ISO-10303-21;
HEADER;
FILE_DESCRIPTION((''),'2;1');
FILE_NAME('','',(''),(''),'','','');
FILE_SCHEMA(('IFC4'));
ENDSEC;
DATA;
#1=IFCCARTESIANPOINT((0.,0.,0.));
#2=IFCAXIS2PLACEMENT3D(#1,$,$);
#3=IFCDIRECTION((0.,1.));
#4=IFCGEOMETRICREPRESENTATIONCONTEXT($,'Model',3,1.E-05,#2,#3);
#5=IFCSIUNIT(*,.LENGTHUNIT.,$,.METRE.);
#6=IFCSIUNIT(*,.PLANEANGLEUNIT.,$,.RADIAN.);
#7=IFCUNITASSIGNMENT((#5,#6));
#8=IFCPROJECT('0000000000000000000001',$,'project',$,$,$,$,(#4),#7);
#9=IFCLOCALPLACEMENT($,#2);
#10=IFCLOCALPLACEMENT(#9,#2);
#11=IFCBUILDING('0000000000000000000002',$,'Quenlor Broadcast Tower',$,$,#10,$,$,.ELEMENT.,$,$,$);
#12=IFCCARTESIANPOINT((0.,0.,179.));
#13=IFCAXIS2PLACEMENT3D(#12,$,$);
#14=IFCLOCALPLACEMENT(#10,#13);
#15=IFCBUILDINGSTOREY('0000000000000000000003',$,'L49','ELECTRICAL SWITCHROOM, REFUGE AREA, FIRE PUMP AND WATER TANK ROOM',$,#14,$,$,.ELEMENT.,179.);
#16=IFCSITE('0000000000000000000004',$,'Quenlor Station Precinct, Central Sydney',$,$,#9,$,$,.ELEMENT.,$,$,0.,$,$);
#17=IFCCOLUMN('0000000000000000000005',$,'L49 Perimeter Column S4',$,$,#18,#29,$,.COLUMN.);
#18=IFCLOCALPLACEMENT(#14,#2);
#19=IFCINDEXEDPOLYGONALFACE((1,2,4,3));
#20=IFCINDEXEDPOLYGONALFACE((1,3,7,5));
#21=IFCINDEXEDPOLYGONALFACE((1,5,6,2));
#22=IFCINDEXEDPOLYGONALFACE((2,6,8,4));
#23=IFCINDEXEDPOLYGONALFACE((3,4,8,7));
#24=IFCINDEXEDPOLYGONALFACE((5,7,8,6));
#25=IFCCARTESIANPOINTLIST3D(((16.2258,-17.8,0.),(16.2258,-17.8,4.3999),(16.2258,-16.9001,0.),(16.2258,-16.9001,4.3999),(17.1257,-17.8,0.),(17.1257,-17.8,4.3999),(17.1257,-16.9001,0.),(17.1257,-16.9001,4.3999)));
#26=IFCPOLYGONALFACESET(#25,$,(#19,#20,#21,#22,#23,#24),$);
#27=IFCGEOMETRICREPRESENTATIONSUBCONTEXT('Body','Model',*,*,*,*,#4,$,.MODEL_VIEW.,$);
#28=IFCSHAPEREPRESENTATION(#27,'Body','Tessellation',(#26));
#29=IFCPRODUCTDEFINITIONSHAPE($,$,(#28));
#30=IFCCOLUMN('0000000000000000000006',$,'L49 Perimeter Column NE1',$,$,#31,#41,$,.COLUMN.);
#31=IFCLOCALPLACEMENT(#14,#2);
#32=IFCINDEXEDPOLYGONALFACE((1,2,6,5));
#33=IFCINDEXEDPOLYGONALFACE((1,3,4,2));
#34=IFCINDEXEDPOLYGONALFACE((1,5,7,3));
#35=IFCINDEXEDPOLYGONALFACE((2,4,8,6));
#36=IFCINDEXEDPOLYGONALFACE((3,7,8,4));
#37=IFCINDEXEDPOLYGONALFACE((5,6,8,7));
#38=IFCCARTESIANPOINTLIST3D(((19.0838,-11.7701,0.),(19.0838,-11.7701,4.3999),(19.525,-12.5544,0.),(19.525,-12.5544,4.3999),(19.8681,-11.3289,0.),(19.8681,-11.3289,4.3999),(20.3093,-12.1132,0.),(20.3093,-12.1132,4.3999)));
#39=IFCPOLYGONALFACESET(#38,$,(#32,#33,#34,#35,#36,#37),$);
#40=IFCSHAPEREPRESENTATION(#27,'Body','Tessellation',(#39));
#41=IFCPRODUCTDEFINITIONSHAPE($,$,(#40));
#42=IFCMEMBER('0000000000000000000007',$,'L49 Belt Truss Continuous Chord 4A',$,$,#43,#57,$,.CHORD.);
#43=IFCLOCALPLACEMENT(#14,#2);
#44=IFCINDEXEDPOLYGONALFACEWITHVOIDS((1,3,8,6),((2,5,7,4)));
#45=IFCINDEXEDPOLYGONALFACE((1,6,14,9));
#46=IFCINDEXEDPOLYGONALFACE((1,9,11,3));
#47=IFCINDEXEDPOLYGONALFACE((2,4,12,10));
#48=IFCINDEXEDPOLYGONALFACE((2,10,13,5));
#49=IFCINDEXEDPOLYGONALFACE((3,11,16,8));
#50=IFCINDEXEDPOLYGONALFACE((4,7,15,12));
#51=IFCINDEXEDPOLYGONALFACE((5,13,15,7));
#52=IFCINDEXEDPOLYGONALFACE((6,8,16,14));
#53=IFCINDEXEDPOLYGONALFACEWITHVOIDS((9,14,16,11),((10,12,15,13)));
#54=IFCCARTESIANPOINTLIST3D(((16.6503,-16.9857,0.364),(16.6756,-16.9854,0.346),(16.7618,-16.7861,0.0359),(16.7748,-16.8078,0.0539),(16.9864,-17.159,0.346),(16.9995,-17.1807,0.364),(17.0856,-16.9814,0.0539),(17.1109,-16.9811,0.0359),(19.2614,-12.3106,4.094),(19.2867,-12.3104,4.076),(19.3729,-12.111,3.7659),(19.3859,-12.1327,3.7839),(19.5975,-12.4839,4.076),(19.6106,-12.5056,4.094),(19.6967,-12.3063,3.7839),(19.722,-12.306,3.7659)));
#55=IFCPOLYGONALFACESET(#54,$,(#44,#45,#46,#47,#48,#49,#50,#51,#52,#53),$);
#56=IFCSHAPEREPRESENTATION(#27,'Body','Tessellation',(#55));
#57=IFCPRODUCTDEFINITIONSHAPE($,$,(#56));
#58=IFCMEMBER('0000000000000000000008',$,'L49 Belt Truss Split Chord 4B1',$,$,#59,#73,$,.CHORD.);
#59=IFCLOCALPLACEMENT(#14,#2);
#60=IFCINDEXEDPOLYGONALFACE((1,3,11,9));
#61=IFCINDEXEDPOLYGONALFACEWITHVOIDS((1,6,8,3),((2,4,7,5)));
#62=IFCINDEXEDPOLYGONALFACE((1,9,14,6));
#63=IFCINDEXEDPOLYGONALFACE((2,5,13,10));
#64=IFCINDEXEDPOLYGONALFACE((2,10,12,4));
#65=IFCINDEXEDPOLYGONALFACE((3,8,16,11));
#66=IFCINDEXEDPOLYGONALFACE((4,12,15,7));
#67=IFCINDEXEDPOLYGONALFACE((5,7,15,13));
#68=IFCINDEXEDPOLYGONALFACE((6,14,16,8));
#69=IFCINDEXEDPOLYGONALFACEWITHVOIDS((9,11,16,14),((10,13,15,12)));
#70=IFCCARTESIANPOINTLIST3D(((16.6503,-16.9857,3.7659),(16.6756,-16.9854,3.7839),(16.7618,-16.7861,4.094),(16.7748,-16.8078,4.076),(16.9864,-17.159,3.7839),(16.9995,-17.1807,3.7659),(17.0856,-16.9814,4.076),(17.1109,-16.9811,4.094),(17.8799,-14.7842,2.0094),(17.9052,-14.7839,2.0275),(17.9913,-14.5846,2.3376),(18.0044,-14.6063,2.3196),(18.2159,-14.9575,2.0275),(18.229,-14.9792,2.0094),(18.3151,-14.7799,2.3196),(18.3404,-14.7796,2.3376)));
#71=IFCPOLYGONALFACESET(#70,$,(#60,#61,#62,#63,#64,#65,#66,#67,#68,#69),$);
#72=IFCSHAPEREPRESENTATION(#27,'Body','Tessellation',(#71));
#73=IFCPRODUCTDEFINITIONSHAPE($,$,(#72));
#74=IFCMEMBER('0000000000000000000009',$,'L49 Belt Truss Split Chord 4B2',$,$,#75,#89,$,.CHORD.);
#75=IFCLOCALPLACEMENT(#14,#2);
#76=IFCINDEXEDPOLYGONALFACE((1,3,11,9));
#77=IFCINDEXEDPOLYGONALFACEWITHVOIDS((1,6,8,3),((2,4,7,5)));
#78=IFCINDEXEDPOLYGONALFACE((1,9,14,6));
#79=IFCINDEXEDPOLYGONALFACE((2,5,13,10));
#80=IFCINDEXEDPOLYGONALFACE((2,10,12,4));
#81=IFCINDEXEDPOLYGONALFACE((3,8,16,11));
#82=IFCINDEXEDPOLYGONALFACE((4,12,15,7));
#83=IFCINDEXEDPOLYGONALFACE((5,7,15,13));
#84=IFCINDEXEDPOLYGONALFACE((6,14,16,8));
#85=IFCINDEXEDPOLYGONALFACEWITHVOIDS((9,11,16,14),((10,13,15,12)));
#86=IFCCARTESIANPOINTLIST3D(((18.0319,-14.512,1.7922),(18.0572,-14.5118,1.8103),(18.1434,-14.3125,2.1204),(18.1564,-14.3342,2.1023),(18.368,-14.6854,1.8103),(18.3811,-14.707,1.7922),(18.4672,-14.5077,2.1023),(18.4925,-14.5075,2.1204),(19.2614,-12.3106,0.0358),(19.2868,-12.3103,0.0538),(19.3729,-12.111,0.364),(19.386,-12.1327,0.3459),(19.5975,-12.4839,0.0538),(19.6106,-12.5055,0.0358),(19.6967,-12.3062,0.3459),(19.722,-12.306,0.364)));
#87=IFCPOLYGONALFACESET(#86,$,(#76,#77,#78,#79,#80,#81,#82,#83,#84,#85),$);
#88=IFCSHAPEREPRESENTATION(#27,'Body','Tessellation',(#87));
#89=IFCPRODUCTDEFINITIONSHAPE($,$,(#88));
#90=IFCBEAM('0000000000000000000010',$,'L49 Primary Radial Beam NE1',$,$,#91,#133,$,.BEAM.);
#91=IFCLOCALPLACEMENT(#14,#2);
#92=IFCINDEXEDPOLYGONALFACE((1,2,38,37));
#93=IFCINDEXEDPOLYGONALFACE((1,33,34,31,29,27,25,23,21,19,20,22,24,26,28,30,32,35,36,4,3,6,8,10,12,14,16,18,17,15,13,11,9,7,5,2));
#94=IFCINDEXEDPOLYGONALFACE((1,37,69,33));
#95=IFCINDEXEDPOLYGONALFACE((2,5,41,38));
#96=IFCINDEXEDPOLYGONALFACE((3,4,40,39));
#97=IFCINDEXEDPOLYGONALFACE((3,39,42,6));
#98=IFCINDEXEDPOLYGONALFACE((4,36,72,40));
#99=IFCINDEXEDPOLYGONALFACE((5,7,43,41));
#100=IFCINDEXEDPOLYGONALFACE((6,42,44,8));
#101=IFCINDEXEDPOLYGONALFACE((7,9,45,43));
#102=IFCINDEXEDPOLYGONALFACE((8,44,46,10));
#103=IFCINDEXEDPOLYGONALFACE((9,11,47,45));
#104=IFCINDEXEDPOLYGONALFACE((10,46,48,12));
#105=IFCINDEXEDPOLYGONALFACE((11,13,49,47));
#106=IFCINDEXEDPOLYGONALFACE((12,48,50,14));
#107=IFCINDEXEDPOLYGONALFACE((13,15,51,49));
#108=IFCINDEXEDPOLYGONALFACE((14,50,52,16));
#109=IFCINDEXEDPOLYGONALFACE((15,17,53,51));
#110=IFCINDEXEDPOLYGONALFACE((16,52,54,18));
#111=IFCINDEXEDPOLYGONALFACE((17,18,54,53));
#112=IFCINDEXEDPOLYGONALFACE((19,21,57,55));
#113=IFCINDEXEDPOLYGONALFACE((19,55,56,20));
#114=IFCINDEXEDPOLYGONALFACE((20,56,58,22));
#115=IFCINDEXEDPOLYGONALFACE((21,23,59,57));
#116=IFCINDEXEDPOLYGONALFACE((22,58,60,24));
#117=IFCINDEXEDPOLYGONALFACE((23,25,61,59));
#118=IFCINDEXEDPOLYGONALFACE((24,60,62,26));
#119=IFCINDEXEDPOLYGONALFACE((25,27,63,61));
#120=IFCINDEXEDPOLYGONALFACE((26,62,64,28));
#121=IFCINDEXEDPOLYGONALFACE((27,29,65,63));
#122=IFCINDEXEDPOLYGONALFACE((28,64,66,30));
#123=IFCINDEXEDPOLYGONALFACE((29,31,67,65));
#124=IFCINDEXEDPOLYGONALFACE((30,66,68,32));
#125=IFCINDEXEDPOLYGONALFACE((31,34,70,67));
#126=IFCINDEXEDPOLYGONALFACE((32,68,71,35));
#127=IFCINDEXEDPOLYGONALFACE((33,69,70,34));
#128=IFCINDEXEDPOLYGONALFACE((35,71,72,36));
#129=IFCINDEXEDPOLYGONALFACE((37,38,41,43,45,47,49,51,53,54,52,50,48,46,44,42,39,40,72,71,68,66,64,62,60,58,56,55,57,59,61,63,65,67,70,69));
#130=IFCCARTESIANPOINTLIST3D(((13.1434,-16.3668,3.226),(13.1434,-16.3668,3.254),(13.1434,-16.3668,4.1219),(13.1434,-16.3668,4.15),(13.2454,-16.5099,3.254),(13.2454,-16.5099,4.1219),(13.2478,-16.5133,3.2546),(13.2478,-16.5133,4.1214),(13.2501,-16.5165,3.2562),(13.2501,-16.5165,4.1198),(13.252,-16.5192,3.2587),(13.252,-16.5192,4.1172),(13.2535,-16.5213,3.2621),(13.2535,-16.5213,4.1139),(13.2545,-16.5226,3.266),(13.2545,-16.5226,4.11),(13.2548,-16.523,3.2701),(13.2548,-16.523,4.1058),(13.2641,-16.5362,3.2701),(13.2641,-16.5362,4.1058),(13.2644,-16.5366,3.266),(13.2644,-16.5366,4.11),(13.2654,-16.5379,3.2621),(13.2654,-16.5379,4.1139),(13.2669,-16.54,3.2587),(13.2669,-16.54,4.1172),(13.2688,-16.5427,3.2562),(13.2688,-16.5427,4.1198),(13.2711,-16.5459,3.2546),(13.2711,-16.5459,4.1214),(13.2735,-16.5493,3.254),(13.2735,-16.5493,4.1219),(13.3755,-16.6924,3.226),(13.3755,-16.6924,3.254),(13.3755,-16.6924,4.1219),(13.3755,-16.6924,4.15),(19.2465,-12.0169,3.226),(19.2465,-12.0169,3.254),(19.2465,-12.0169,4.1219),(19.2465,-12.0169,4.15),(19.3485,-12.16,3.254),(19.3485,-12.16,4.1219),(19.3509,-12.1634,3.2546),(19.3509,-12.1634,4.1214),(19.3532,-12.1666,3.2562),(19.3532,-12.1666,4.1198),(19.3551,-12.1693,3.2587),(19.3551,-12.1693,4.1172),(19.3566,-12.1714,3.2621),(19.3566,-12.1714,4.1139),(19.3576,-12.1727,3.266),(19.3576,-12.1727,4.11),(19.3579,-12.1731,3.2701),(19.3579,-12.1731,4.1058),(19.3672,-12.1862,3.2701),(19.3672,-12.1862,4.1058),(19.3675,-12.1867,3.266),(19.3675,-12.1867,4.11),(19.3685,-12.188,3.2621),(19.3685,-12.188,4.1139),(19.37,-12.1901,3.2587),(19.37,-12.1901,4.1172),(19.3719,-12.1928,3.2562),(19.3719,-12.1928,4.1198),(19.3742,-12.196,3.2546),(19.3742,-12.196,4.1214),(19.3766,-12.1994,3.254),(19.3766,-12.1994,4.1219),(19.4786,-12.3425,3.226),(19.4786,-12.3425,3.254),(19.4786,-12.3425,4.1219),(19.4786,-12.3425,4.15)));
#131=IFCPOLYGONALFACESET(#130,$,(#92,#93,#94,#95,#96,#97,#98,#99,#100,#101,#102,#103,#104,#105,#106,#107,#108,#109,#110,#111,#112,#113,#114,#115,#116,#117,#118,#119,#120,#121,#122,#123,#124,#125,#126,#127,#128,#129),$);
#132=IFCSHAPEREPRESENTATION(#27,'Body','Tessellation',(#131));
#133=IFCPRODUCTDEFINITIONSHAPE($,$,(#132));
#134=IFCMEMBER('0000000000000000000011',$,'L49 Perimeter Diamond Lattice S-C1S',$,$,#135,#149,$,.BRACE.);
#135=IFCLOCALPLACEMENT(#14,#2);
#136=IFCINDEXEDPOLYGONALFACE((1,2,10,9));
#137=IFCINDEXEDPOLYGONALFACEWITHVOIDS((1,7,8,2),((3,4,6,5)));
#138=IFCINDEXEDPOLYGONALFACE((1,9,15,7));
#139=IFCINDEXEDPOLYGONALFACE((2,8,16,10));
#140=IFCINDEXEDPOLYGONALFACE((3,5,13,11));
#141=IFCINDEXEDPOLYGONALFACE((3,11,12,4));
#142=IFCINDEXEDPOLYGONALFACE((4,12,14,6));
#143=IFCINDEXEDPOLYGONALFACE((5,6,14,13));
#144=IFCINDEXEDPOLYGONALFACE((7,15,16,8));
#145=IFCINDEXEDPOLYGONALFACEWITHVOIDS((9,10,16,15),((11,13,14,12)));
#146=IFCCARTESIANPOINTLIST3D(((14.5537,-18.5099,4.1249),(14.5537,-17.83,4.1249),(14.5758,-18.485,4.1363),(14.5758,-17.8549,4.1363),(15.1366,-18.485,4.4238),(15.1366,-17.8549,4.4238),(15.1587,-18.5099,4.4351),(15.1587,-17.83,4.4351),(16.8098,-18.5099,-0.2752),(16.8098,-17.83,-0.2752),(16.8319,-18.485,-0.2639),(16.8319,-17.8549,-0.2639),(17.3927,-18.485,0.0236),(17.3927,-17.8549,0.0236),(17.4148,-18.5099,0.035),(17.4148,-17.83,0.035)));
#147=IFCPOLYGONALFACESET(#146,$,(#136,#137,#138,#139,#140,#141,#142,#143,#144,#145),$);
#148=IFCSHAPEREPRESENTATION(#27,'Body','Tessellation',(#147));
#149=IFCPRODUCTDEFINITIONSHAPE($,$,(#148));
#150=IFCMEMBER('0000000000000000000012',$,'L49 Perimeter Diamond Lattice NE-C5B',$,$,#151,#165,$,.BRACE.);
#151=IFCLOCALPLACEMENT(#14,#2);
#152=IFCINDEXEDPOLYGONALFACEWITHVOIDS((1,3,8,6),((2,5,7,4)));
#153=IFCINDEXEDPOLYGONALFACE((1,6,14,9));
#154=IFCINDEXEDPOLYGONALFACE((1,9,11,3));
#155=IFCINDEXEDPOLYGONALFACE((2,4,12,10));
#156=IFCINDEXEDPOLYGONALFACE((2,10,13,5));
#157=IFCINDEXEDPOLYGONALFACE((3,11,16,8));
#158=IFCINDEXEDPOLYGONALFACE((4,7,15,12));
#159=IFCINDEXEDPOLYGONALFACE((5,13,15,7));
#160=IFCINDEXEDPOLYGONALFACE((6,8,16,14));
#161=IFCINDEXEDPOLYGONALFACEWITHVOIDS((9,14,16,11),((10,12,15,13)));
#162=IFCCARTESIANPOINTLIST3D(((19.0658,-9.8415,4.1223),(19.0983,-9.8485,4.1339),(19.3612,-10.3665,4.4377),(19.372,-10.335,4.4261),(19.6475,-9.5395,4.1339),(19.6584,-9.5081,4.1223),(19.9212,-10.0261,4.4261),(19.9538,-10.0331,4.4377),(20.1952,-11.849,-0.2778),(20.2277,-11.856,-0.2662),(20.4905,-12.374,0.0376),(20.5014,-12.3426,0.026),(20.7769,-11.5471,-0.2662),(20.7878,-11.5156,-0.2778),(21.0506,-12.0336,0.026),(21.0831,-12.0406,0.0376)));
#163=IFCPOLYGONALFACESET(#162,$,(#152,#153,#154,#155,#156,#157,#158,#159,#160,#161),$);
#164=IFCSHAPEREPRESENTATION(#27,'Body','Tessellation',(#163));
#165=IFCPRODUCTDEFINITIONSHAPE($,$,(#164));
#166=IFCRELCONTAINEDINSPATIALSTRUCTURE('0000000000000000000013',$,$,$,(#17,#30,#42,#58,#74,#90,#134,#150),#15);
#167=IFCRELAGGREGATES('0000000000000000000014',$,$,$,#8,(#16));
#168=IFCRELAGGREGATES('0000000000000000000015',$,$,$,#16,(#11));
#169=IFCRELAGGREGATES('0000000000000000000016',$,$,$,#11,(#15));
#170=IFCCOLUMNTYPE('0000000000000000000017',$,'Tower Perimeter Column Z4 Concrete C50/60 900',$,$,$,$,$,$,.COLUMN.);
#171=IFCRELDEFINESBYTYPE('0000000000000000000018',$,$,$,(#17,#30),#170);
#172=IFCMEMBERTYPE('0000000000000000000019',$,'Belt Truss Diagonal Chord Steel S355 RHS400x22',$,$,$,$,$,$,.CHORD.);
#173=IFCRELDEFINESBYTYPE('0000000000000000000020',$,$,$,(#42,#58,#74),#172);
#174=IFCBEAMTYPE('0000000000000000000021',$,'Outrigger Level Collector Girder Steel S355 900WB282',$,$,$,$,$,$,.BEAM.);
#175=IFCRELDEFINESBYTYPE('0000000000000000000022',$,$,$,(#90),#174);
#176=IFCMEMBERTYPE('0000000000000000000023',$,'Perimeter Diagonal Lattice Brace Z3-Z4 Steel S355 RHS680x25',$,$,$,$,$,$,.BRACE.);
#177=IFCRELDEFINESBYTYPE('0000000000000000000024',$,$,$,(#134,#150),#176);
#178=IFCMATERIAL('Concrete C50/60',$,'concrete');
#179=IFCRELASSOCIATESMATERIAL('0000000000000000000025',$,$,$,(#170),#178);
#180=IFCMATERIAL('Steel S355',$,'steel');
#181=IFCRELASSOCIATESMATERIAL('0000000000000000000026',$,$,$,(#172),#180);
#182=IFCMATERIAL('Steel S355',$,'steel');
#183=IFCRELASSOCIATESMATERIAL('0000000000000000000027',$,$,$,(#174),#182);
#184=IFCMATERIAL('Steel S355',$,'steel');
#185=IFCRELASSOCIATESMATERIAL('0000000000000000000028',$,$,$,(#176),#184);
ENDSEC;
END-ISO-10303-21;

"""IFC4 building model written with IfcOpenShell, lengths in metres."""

from ifc_helpers import new_model, si_unit, direction, frame, origin, origin_2d, place, context, subcontext, project, spatial, rectangle, hollow_rectangle, i_section, extrude, material, material_profile, profile_set, type_object, element, save


model = new_model("IFC4")

# Units and contexts
model_context = context("Model", 3, precision=1e-05, world=origin(), true_north=direction((0.0, 1.0)))
body_context = subcontext(model_context, "Body", "Model", "MODEL_VIEW")
ifc_project = project(units=[si_unit("LENGTHUNIT", "METRE"), si_unit("PLANEANGLEUNIT", "RADIAN")], contexts=[model_context])

# Site, building, storey
site_placement = place(None, origin())
site = spatial("IfcSite", under=ifc_project, at=site_placement, Name="Quenlor Station Precinct, Central Sydney", CompositionType="ELEMENT", RefElevation=0.0)
building_placement = place(site_placement, origin())
building = spatial("IfcBuilding", under=site, at=building_placement, Name="Quenlor Broadcast Tower", CompositionType="ELEMENT")
storey_placement = place(building_placement, frame((0.0, 0.0, 179.0)))
storey = spatial("IfcBuildingStorey", under=building, at=storey_placement, Name="L49", Description="ELECTRICAL SWITCHROOM, REFUGE AREA, FIRE PUMP AND WATER TANK ROOM", CompositionType="ELEMENT", Elevation=179.0)

# Columns
ifc_material_1 = material(Name="Concrete C50/60", Category="concrete")
ifc_material_profile_1 = material_profile(ifc_material_1, rectangle(XDim=0.8999, YDim=0.8999, at=origin_2d()))
ifc_profile_set_1 = profile_set([ifc_material_profile_1], Name="Concrete C50/60 RC900x900")
column_type = type_object("IfcColumnType", Name="Tower Perimeter Column Z4 Concrete C50/60 900", PredefinedType="COLUMN", material=ifc_profile_set_1)
for number, where, z_axis, x_axis, name in (
    (1, (16.6758, -17.3501, 0.0), (0.0, 0.0, 1.0), (0.0, 1.0, 0.0), "L49 Perimeter Column S4"),
    (2, (19.6965, -11.9417, 0.0), (0.0, 0.0, 1.0), (0.871575, 0.490262, 0.0), "L49 Perimeter Column NE1"),
):
    element("IfcColumn", number, at=place(storey_placement, frame(where, z_axis=z_axis, x_axis=x_axis)), inside=storey, type_object=column_type, Name=name, PredefinedType="COLUMN", context=body_context, shape_type="SweptSolid", body=[
        extrude(rectangle(XDim=0.8999, YDim=0.8999, at=origin_2d()), origin(), (0.0, 0.0, 1.0), 4.3999),
    ])

# Members
ifc_material_2 = material(Name="Steel S355", Category="steel")
ifc_material_profile_2 = material_profile(ifc_material_2, hollow_rectangle(XDim=0.3999, YDim=0.3999, WallThickness=0.022, at=origin_2d()))
ifc_profile_set_2 = profile_set([ifc_material_profile_2], Name="Steel S355 RHS400x400x22")
member_type_1 = type_object("IfcMemberType", Name="Belt Truss Diagonal Chord Steel S355 RHS400x22", PredefinedType="CHORD", material=ifc_profile_set_2)
member_1_placement = place(storey_placement, frame((16.8806, -16.9834, 0.2), z_axis=(0.400115, 0.71639, 0.571571), x_axis=(-0.873058, 0.487616, 0.0)))
element("IfcMember", 3, at=member_1_placement, inside=storey, type_object=member_type_1, Name="L49 Belt Truss Continuous Chord 4A", PredefinedType="CHORD", context=body_context, shape_type="SweptSolid", body=[
    extrude(hollow_rectangle(XDim=0.3999, YDim=0.3999, WallThickness=0.022, at=origin_2d()), origin(), (0.0, 0.0, 1.0), 6.5259),
])
for number, where, z_axis, x_axis, name in (
    (4, (16.8806, -16.9834, 3.9299), (0.40011, 0.7164, -0.571563), (-0.873064, 0.487607, 0.0), "L49 Belt Truss Split Chord 4B1"),
    (5, (18.2622, -14.5098, 1.9563), (0.40011, 0.7164, -0.571563), (-0.873064, 0.487607, 0.0), "L49 Belt Truss Split Chord 4B2"),
):
    element("IfcMember", number, at=place(storey_placement, frame(where, z_axis=z_axis, x_axis=x_axis)), inside=storey, type_object=member_type_1, Name=name, PredefinedType="CHORD", context=body_context, shape_type="SweptSolid", body=[
        extrude(hollow_rectangle(XDim=0.3999, YDim=0.3999, WallThickness=0.022, at=origin_2d()), origin(), (0.0, 0.0, 1.0), 3.073),
    ])

# Beam
ifc_material_3 = material(Name="Steel S355", Category="steel")
ifc_material_profile_3 = material_profile(ifc_material_3, i_section(OverallWidth=0.3999, OverallDepth=0.9241, WebThickness=0.0161, FlangeThickness=0.0281, FilletRadius=0.0161, at=origin_2d()))
ifc_profile_set_3 = profile_set([ifc_material_profile_3], Name="Steel S355 900WB282")
beam_type_1 = type_object("IfcBeamType", Name="Outrigger Level Collector Girder Steel S355 900WB282", PredefinedType="BEAM", material=ifc_profile_set_3)
beam_1_placement = place(storey_placement, frame((19.3625, -12.1797, 3.688), z_axis=(-0.81433, -0.580403, 0.0), x_axis=(0.580403, -0.81433, 0.0)))
element("IfcBeam", 6, at=beam_1_placement, inside=storey, type_object=beam_type_1, Name="L49 Primary Radial Beam NE1", PredefinedType="BEAM", context=body_context, shape_type="SweptSolid", body=[
    extrude(i_section(OverallWidth=0.3999, OverallDepth=0.9241, WebThickness=0.0161, FlangeThickness=0.0281, FilletRadius=0.0161, at=origin_2d()), origin(), (0.0, 0.0, 1.0), 7.4946),
])

# Members
ifc_material_4 = material(Name="Steel S355", Category="steel")
ifc_material_profile_4 = material_profile(ifc_material_4, hollow_rectangle(XDim=0.6799, YDim=0.6799, WallThickness=0.0249, at=origin_2d()))
ifc_profile_set_4 = profile_set([ifc_material_profile_4], Name="Steel S355 RHS680x680x25")
member_type_2 = type_object("IfcMemberType", Name="Perimeter Diagonal Lattice Brace Z3-Z4 Steel S355 RHS680x25", PredefinedType="BRACE", material=ifc_profile_set_4)
member_2_placement = place(storey_placement, frame((17.1123, -18.1699, -0.1201), z_axis=(-0.456256, 0.0, 0.889849), x_axis=(0.0, -1.0, 0.0)))
element("IfcMember", 7, at=member_2_placement, inside=storey, type_object=member_type_2, Name="L49 Perimeter Diamond Lattice S-C1S", PredefinedType="BRACE", context=body_context, shape_type="SweptSolid", body=[
    extrude(hollow_rectangle(XDim=0.6799, YDim=0.6799, WallThickness=0.0249, at=origin_2d()), origin(), (0.0, 0.0, 1.0), 4.9448),
])
member_3_placement = place(storey_placement, frame((20.6392, -11.9448, -0.1201), z_axis=(-0.227398, 0.404214, 0.885947), x_axis=(-0.87155, -0.490307, 0.0)))
element("IfcMember", 8, at=member_3_placement, inside=storey, type_object=member_type_2, Name="L49 Perimeter Diamond Lattice NE-C5B", PredefinedType="BRACE", context=body_context, shape_type="SweptSolid", body=[
    extrude(hollow_rectangle(XDim=0.6799, YDim=0.6799, WallThickness=0.0249, at=origin_2d()), origin(), (0.0, 0.0, 1.0), 4.9666),
])

save(model, "model.ifc")
